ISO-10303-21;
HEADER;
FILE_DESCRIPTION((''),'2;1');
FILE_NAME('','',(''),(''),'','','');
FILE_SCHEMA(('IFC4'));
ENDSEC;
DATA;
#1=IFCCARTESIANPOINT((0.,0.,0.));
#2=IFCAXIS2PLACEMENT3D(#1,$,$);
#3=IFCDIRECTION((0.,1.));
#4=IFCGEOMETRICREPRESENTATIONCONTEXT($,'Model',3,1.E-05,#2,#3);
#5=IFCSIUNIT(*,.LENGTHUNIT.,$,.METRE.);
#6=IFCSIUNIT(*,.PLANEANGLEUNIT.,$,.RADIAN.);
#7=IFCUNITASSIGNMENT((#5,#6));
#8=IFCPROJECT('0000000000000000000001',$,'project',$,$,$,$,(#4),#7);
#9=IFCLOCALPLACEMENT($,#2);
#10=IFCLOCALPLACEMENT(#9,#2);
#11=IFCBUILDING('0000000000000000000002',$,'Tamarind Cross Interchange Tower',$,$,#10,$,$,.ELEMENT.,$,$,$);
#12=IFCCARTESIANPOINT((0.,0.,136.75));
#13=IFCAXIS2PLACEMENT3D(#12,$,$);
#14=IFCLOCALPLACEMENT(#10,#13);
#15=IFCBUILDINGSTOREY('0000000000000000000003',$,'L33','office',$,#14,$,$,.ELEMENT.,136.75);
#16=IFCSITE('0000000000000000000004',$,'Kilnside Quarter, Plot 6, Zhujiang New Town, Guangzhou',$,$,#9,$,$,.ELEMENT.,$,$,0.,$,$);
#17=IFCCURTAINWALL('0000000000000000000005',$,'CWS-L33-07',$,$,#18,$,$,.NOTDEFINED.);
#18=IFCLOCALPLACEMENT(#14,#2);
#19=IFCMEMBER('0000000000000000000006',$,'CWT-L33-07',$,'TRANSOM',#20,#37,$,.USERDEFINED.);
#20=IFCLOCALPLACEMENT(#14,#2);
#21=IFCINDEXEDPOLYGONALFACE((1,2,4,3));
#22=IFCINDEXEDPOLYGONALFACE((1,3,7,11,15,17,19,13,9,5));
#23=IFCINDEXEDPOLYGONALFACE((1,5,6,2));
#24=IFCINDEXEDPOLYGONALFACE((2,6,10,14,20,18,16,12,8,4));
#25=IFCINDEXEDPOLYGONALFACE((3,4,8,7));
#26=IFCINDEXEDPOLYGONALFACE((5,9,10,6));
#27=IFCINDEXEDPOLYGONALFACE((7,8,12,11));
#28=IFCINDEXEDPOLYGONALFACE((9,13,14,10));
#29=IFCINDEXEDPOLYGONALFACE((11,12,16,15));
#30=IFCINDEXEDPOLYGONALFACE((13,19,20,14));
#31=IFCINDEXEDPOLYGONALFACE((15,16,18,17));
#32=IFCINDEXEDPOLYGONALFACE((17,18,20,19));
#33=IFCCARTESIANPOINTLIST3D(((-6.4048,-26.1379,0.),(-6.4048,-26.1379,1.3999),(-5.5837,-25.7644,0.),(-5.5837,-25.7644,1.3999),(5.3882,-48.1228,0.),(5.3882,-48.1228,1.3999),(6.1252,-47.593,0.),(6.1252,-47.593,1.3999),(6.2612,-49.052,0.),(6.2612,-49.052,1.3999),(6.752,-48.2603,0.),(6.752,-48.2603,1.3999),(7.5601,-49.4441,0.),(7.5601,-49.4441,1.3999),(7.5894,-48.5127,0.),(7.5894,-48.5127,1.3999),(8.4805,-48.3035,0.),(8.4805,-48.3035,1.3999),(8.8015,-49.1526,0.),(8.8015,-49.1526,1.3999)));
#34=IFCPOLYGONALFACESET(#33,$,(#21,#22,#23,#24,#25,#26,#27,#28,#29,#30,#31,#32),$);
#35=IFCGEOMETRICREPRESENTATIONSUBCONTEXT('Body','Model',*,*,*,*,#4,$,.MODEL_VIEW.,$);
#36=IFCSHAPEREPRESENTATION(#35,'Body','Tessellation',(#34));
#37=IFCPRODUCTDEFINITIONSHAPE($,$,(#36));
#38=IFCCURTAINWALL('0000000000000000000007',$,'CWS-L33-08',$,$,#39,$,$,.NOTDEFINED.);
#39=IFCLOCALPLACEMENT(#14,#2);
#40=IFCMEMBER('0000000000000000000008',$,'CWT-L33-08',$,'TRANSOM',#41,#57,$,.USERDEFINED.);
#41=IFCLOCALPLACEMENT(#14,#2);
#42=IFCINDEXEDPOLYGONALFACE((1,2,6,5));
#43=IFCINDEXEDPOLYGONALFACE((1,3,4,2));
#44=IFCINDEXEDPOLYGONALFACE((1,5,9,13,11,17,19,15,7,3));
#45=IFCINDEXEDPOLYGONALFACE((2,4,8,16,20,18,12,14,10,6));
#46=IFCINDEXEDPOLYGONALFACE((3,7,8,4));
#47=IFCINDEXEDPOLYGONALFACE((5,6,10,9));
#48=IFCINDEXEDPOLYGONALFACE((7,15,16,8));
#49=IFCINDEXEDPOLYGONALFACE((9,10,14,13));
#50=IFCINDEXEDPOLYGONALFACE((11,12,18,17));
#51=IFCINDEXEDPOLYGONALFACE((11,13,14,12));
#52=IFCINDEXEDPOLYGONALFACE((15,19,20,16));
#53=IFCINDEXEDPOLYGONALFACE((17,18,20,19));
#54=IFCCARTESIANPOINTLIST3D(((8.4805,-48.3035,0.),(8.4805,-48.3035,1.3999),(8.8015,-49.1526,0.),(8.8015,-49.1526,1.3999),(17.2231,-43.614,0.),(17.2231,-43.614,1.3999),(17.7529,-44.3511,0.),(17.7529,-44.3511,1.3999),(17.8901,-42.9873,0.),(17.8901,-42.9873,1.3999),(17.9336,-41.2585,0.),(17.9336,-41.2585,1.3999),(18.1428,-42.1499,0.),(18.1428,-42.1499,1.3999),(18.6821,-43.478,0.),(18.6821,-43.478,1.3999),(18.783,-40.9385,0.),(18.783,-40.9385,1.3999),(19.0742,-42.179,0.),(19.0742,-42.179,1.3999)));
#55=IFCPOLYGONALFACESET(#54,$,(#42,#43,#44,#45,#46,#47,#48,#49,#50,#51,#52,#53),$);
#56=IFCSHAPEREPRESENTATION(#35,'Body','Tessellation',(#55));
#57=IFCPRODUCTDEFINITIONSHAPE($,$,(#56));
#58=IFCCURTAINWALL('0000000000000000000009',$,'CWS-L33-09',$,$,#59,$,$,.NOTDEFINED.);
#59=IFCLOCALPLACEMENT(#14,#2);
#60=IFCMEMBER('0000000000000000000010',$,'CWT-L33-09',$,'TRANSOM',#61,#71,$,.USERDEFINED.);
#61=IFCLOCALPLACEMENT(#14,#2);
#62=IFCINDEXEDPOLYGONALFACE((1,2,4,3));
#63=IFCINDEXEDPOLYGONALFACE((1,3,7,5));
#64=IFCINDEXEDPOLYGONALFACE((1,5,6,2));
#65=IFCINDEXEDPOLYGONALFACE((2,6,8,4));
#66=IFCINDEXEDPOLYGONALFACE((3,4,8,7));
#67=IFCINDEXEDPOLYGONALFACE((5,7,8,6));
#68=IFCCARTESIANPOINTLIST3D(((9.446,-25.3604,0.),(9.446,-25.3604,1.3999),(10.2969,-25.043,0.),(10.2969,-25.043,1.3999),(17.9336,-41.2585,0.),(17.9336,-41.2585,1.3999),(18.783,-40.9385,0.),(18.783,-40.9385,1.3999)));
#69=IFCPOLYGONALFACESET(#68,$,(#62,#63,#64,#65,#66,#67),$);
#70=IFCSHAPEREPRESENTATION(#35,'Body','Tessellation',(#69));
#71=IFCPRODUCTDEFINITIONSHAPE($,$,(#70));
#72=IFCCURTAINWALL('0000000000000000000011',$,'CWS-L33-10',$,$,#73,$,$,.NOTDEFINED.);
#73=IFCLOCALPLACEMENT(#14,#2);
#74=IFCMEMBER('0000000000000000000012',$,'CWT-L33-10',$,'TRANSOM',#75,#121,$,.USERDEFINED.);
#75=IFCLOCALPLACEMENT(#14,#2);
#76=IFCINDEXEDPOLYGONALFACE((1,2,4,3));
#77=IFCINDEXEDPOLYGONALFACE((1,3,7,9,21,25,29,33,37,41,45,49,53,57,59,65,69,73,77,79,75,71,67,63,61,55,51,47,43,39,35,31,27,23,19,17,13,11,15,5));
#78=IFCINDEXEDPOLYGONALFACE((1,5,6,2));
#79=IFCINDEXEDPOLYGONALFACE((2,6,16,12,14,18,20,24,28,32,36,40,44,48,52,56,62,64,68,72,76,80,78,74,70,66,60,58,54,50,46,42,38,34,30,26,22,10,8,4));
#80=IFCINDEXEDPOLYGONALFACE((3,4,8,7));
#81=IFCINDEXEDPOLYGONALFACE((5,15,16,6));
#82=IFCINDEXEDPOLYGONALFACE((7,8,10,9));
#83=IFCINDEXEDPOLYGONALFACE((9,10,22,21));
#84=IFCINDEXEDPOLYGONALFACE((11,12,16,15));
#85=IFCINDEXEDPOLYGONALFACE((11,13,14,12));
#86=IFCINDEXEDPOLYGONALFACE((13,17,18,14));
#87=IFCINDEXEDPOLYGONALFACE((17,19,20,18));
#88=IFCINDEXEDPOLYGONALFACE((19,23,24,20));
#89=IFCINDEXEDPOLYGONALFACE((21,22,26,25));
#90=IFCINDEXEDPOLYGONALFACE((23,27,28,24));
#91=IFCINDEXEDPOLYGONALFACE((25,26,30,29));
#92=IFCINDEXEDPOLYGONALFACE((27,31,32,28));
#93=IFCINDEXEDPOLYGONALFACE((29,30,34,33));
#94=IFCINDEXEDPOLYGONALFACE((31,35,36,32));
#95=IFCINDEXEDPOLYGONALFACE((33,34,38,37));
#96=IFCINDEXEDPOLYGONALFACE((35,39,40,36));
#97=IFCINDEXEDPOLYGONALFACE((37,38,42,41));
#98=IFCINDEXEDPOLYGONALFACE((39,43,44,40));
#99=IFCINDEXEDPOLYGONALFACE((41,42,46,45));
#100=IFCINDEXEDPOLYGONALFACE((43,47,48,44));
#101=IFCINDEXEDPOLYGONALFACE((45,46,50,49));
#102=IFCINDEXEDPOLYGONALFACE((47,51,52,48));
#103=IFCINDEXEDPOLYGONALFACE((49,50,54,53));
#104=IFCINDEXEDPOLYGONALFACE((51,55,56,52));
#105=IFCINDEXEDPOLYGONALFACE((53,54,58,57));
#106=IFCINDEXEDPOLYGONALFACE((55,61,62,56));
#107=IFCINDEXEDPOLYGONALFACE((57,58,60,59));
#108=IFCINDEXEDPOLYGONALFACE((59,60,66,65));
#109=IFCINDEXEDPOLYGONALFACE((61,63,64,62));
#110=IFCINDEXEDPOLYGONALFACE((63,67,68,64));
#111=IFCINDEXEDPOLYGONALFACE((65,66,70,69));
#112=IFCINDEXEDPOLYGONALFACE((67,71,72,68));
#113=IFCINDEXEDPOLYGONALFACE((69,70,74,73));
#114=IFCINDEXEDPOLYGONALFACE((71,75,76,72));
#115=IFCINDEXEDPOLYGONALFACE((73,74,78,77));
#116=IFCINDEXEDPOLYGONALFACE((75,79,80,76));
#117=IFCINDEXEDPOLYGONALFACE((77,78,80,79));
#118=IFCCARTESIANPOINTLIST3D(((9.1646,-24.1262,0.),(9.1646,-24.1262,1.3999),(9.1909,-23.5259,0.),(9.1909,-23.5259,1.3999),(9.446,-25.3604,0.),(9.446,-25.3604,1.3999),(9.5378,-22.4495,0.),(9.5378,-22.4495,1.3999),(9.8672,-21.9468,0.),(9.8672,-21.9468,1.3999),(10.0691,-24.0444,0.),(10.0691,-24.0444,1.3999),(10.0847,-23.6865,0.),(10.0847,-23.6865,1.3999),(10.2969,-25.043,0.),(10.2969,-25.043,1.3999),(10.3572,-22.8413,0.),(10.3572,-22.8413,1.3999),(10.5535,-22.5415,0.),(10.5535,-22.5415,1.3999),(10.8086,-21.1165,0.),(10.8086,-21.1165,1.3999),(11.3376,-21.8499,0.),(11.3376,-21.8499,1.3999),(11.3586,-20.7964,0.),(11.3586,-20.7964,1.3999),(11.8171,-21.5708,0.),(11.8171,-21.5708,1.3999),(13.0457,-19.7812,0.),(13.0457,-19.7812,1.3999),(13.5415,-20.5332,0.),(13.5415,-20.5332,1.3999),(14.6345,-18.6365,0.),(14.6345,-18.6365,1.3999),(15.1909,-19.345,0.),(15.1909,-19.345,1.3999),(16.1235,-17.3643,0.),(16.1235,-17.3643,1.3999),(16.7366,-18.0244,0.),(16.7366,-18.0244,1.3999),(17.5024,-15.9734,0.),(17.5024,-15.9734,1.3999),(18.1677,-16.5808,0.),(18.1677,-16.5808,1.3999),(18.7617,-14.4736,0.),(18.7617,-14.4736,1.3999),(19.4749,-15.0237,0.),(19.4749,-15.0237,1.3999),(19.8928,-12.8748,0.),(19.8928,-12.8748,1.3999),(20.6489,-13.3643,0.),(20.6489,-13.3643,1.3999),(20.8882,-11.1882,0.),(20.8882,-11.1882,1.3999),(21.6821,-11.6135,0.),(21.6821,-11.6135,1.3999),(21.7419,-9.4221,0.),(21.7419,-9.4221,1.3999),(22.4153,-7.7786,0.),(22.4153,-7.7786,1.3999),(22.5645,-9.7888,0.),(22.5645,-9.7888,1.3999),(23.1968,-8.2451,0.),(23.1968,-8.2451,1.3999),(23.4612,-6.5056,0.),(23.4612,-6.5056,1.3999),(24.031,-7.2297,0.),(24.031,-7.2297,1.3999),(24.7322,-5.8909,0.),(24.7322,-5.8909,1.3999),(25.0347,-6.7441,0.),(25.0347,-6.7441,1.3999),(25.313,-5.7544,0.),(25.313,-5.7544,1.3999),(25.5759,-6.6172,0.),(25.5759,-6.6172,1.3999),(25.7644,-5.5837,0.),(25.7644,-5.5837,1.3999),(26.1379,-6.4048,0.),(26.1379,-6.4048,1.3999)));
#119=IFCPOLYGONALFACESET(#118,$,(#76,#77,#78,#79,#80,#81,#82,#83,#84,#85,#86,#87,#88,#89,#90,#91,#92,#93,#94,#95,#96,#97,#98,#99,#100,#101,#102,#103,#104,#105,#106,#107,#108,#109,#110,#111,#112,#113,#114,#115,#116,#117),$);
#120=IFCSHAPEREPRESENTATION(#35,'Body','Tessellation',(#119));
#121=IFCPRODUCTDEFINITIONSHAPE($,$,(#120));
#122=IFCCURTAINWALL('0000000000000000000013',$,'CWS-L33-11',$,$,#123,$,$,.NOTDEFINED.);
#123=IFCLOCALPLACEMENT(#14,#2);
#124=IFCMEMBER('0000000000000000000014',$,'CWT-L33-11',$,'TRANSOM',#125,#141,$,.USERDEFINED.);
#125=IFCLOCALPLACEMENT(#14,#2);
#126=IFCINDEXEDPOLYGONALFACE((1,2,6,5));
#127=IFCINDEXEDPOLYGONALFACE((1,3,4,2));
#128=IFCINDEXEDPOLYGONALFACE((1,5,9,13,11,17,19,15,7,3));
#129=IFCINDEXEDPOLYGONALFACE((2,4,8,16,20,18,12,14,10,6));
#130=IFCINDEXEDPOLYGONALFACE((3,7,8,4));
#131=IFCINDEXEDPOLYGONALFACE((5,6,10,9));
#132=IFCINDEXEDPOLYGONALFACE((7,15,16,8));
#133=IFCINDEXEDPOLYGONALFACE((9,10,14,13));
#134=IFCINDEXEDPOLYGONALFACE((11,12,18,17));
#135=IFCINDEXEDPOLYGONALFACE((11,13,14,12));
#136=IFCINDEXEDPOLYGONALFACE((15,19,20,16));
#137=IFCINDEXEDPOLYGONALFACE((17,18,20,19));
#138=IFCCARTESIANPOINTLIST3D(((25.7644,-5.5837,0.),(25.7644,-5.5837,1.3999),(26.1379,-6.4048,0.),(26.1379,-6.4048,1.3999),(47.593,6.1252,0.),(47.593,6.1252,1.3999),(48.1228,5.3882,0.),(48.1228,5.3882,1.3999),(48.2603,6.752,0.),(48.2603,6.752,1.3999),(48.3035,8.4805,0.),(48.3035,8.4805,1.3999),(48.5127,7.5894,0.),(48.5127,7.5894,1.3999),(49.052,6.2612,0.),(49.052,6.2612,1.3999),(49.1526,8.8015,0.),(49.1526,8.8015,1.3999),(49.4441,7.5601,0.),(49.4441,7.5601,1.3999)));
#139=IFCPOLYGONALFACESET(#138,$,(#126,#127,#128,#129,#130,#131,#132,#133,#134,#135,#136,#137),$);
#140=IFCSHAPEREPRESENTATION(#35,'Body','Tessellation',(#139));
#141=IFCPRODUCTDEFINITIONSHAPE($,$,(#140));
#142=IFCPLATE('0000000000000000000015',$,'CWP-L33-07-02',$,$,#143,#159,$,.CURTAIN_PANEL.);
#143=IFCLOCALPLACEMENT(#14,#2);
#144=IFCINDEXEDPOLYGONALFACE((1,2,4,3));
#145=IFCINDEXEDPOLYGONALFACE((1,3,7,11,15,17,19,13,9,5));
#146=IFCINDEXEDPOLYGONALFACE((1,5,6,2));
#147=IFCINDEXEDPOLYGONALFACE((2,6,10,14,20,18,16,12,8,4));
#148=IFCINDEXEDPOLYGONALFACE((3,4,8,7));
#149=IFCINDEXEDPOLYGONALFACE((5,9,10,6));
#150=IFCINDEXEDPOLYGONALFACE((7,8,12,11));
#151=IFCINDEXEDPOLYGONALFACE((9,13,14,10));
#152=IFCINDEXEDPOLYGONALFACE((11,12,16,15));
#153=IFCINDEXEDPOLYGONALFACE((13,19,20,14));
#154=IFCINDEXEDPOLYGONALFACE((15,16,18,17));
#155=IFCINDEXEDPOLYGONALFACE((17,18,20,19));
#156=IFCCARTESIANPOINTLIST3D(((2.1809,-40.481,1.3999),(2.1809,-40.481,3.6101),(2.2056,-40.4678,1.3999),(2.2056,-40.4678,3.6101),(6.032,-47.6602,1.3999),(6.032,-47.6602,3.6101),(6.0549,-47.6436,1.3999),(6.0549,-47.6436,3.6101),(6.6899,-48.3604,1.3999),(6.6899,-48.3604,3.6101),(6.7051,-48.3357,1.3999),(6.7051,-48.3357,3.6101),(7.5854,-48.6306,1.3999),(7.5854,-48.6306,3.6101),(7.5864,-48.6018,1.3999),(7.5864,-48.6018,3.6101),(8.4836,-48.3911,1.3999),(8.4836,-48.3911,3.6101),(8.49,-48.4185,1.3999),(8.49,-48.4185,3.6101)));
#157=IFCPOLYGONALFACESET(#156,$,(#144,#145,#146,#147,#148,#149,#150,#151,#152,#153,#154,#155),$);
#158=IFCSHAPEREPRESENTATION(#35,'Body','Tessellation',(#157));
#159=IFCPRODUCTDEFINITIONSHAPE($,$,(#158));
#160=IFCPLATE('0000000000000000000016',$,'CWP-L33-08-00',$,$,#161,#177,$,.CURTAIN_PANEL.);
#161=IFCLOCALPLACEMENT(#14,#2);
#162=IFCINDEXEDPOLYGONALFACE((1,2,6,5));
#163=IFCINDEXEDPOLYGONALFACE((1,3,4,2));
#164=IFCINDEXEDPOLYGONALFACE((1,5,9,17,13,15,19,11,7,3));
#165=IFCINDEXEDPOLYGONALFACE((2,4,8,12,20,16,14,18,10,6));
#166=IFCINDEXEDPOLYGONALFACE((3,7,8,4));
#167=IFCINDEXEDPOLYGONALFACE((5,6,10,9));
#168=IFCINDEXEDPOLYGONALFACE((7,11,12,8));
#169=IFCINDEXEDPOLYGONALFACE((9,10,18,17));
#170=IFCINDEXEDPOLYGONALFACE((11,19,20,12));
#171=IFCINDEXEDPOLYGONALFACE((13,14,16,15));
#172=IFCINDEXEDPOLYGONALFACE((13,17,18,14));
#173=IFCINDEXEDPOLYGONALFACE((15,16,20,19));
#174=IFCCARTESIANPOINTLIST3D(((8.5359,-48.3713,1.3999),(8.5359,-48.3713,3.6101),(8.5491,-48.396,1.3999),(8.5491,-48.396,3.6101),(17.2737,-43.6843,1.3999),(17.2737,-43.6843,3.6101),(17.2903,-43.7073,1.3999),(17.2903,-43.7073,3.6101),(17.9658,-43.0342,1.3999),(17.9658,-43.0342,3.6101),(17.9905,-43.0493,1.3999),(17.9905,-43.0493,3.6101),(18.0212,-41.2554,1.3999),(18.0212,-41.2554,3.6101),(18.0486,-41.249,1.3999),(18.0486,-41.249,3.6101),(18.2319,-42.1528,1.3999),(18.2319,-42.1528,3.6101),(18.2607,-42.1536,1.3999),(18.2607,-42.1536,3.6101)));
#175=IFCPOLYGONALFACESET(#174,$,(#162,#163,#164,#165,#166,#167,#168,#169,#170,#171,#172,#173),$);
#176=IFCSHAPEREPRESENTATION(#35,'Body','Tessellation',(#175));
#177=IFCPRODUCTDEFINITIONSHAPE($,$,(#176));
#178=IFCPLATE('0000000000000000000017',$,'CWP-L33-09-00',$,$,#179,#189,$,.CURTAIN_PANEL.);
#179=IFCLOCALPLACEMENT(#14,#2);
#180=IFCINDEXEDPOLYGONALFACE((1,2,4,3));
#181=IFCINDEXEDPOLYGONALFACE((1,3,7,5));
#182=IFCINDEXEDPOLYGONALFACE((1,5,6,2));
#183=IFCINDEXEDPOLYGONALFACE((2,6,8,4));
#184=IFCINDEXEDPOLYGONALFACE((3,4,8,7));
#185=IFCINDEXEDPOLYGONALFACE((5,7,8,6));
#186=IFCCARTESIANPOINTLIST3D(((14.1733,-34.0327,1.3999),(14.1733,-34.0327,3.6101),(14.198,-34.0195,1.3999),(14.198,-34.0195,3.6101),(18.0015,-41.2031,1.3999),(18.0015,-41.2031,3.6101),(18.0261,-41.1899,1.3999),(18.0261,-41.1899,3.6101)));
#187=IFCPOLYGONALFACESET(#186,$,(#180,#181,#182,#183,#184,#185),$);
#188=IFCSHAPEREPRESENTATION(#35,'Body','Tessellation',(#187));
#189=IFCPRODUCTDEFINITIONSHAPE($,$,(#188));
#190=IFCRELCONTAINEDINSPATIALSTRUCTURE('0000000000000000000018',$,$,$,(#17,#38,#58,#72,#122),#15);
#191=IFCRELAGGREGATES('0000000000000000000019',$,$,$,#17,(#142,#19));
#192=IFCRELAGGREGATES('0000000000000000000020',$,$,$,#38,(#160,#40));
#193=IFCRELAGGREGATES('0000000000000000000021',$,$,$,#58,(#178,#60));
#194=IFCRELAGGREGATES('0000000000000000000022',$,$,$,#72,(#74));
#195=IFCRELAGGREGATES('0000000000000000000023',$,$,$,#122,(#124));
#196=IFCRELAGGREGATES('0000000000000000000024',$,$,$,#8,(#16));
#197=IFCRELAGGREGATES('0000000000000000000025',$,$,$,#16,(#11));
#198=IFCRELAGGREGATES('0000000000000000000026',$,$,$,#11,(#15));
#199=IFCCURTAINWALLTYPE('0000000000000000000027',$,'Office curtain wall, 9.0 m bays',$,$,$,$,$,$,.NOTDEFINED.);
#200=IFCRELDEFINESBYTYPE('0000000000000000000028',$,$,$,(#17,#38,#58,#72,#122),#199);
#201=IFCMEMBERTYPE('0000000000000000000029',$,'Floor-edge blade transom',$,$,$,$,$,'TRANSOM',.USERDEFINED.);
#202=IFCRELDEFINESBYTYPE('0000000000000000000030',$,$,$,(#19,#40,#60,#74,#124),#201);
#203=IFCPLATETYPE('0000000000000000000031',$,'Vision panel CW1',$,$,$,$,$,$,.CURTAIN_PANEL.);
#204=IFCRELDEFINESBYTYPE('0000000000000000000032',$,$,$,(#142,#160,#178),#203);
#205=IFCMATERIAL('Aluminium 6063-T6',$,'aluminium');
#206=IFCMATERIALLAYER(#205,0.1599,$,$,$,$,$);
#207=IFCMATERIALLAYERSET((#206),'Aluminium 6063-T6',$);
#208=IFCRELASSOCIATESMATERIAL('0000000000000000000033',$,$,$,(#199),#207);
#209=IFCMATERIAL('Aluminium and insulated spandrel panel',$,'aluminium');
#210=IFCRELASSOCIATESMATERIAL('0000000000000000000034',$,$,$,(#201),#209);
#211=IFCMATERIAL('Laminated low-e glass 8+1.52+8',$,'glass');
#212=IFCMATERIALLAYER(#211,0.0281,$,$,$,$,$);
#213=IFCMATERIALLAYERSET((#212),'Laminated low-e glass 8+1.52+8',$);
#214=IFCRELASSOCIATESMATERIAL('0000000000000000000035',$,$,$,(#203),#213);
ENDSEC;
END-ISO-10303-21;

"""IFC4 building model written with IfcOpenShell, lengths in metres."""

from ifc_helpers import new_model, si_unit, direction, frame, origin, place, context, subcontext, project, spatial, polyline, outline, extrude, material, layer, layer_set, type_object, element, aggregate, save


model = new_model("IFC4")

# Units and contexts
model_context = context("Model", 3, precision=1e-05, world=origin(), true_north=direction((0.0, 1.0)))
body_context = subcontext(model_context, "Body", "Model", "MODEL_VIEW")
ifc_project = project(units=[si_unit("LENGTHUNIT", "METRE"), si_unit("PLANEANGLEUNIT", "RADIAN")], contexts=[model_context])

# Site, building, storey
site_placement = place(None, origin())
site = spatial("IfcSite", under=ifc_project, at=site_placement, Name="Kilnside Quarter, Plot 6, Zhujiang New Town, Guangzhou", CompositionType="ELEMENT", RefElevation=0.0)
building_placement = place(site_placement, origin())
building = spatial("IfcBuilding", under=site, at=building_placement, Name="Tamarind Cross Interchange Tower", CompositionType="ELEMENT")
storey_placement = place(building_placement, frame((0.0, 0.0, 136.75)))
storey = spatial("IfcBuildingStorey", under=building, at=storey_placement, Name="L33", Description="office", CompositionType="ELEMENT", Elevation=136.75)

# Curtain walls, members
ifc_material_1 = material(Name="Aluminium 6063-T6", Category="aluminium")
ifc_layer_1 = layer(ifc_material_1, 0.1599)
ifc_layer_set_1 = layer_set([ifc_layer_1], Name="Aluminium 6063-T6")
curtain_wall_type = type_object("IfcCurtainWallType", Name="Office curtain wall, 9.0 m bays", PredefinedType="NOTDEFINED", material=ifc_layer_set_1)
curtain_wall_1_placement = place(storey_placement, origin())
curtain_wall_1 = element("IfcCurtainWall", 1, at=curtain_wall_1_placement, inside=storey, type_object=curtain_wall_type, Name="CWS-L33-07", PredefinedType="NOTDEFINED")
ifc_material_2 = material(Name="Aluminium and insulated spandrel panel", Category="aluminium")
member_type = type_object("IfcMemberType", Name="Floor-edge blade transom", ElementType="TRANSOM", PredefinedType="USERDEFINED", material=ifc_material_2)
member_1_placement = place(storey_placement, origin())
member_1 = element("IfcMember", 2, at=member_1_placement, type_object=member_type, Name="CWT-L33-07", ObjectType="TRANSOM", PredefinedType="USERDEFINED", context=body_context, shape_type="SweptSolid", body=[
    extrude(outline(polyline([(-5.5837, -25.7644), (6.1252, -47.593), (6.752, -48.2603), (7.5894, -48.5127), (8.4805, -48.3035), (8.8015, -49.1526), (7.5601, -49.4441), (6.2612, -49.052), (5.3882, -48.1228), (-6.4048, -26.1379), (-5.5837, -25.7644)])), origin(), (0.0, 0.0, 1.0), 1.3999),
])
curtain_wall_2_placement = place(storey_placement, origin())
curtain_wall_2 = element("IfcCurtainWall", 3, at=curtain_wall_2_placement, inside=storey, type_object=curtain_wall_type, Name="CWS-L33-08", PredefinedType="NOTDEFINED")
member_2_placement = place(storey_placement, origin())
member_2 = element("IfcMember", 4, at=member_2_placement, type_object=member_type, Name="CWT-L33-08", ObjectType="TRANSOM", PredefinedType="USERDEFINED", context=body_context, shape_type="SweptSolid", body=[
    extrude(outline(polyline([(8.4805, -48.3035), (17.2231, -43.614), (17.8901, -42.9873), (18.1428, -42.1499), (17.9336, -41.2585), (18.783, -40.9385), (19.0742, -42.179), (18.6821, -43.478), (17.7529, -44.3511), (8.8015, -49.1526), (8.4805, -48.3035)])), origin(), (0.0, 0.0, 1.0), 1.3999),
])
curtain_wall_3_placement = place(storey_placement, origin())
curtain_wall_3 = element("IfcCurtainWall", 5, at=curtain_wall_3_placement, inside=storey, type_object=curtain_wall_type, Name="CWS-L33-09", PredefinedType="NOTDEFINED")
member_3_placement = place(storey_placement, origin())
member_3 = element("IfcMember", 6, at=member_3_placement, type_object=member_type, Name="CWT-L33-09", ObjectType="TRANSOM", PredefinedType="USERDEFINED", context=body_context, shape_type="SweptSolid", body=[
    extrude(outline(polyline([(17.9336, -41.2585), (9.446, -25.3604), (10.2969, -25.043), (18.783, -40.9385), (17.9336, -41.2585)])), origin(), (0.0, 0.0, 1.0), 1.3999),
])
curtain_wall_4_placement = place(storey_placement, origin())
curtain_wall_4 = element("IfcCurtainWall", 7, at=curtain_wall_4_placement, inside=storey, type_object=curtain_wall_type, Name="CWS-L33-10", PredefinedType="NOTDEFINED")
member_4_placement = place(storey_placement, origin())
member_4 = element("IfcMember", 8, at=member_4_placement, type_object=member_type, Name="CWT-L33-10", ObjectType="TRANSOM", PredefinedType="USERDEFINED", context=body_context, shape_type="SweptSolid", body=[
    extrude(outline(polyline([(9.446, -25.3604), (9.1646, -24.1262), (9.1909, -23.5259), (9.5378, -22.4495), (9.8672, -21.9468), (10.8086, -21.1165), (11.3586, -20.7964), (13.0457, -19.7812), (14.6345, -18.6365), (16.1235, -17.3643), (17.5024, -15.9734), (18.7617, -14.4736), (19.8928, -12.8748), (20.8882, -11.1882), (21.7419, -9.4221), (22.4153, -7.7786), (23.4612, -6.5056), (24.7322, -5.8909), (25.313, -5.7544), (25.7644, -5.5837), (26.1379, -6.4048), (25.5759, -6.6172), (25.0347, -6.7441), (24.031, -7.2297), (23.1968, -8.2451), (22.5645, -9.7888), (21.6821, -11.6135), (20.6489, -13.3643), (19.4749, -15.0237), (18.1677, -16.5808), (16.7366, -18.0244), (15.1909, -19.345), (13.5415, -20.5332), (11.8171, -21.5708), (11.3376, -21.8499), (10.5535, -22.5415), (10.3572, -22.8413), (10.0847, -23.6865), (10.0691, -24.0444), (10.2969, -25.043), (9.446, -25.3604)])), origin(), (0.0, 0.0, 1.0), 1.3999),
])
curtain_wall_5_placement = place(storey_placement, origin())
curtain_wall_5 = element("IfcCurtainWall", 9, at=curtain_wall_5_placement, inside=storey, type_object=curtain_wall_type, Name="CWS-L33-11", PredefinedType="NOTDEFINED")
member_5_placement = place(storey_placement, origin())
member_5 = element("IfcMember", 10, at=member_5_placement, type_object=member_type, Name="CWT-L33-11", ObjectType="TRANSOM", PredefinedType="USERDEFINED", context=body_context, shape_type="SweptSolid", body=[
    extrude(outline(polyline([(25.7644, -5.5837), (47.593, 6.1252), (48.2603, 6.752), (48.5127, 7.5894), (48.3035, 8.4805), (49.1526, 8.8015), (49.4441, 7.5601), (49.052, 6.2612), (48.1228, 5.3882), (26.1379, -6.4048), (25.7644, -5.5837)])), origin(), (0.0, 0.0, 1.0), 1.3999),
])

# Plates
ifc_material_3 = material(Name="Laminated low-e glass 8+1.52+8", Category="glass")
ifc_layer_2 = layer(ifc_material_3, 0.0281)
ifc_layer_set_2 = layer_set([ifc_layer_2], Name="Laminated low-e glass 8+1.52+8")
plate_type = type_object("IfcPlateType", Name="Vision panel CW1", PredefinedType="CURTAIN_PANEL", material=ifc_layer_set_2)
plate_1_placement = place(storey_placement, frame((0.0, 0.0, 1.3999)))
plate_1 = element("IfcPlate", 11, at=plate_1_placement, type_object=plate_type, Name="CWP-L33-07-02", PredefinedType="CURTAIN_PANEL", context=body_context, shape_type="SweptSolid", body=[
    extrude(outline(polyline([(2.2056, -40.4678), (6.0549, -47.6436), (6.7051, -48.3357), (7.5864, -48.6018), (8.4836, -48.3911), (8.49, -48.4185), (7.5854, -48.6306), (6.6899, -48.3604), (6.032, -47.6602), (2.1809, -40.481), (2.2056, -40.4678)])), origin(), (0.0, 0.0, 1.0), 2.2102),
])
aggregate(curtain_wall_1, [plate_1, member_1])
plate_2_placement = place(storey_placement, frame((0.0, 0.0, 1.3999)))
plate_2 = element("IfcPlate", 12, at=plate_2_placement, type_object=plate_type, Name="CWP-L33-08-00", PredefinedType="CURTAIN_PANEL", context=body_context, shape_type="SweptSolid", body=[
    extrude(outline(polyline([(8.5359, -48.3713), (17.2737, -43.6843), (17.9658, -43.0342), (18.2319, -42.1528), (18.0212, -41.2554), (18.0486, -41.249), (18.2607, -42.1536), (17.9905, -43.0493), (17.2903, -43.7073), (8.5491, -48.396), (8.5359, -48.3713)])), origin(), (0.0, 0.0, 1.0), 2.2102),
])
aggregate(curtain_wall_2, [plate_2, member_2])
plate_3_placement = place(storey_placement, frame((0.0, 0.0, 1.3999)))
plate_3 = element("IfcPlate", 13, at=plate_3_placement, type_object=plate_type, Name="CWP-L33-09-00", PredefinedType="CURTAIN_PANEL", context=body_context, shape_type="SweptSolid", body=[
    extrude(outline(polyline([(18.0015, -41.2031), (14.1733, -34.0327), (14.198, -34.0195), (18.0261, -41.1899), (18.0015, -41.2031)])), origin(), (0.0, 0.0, 1.0), 2.2102),
])
aggregate(curtain_wall_3, [plate_3, member_3])
aggregate(curtain_wall_4, [member_4])
aggregate(curtain_wall_5, [member_5])

save(model, "model.ifc")
